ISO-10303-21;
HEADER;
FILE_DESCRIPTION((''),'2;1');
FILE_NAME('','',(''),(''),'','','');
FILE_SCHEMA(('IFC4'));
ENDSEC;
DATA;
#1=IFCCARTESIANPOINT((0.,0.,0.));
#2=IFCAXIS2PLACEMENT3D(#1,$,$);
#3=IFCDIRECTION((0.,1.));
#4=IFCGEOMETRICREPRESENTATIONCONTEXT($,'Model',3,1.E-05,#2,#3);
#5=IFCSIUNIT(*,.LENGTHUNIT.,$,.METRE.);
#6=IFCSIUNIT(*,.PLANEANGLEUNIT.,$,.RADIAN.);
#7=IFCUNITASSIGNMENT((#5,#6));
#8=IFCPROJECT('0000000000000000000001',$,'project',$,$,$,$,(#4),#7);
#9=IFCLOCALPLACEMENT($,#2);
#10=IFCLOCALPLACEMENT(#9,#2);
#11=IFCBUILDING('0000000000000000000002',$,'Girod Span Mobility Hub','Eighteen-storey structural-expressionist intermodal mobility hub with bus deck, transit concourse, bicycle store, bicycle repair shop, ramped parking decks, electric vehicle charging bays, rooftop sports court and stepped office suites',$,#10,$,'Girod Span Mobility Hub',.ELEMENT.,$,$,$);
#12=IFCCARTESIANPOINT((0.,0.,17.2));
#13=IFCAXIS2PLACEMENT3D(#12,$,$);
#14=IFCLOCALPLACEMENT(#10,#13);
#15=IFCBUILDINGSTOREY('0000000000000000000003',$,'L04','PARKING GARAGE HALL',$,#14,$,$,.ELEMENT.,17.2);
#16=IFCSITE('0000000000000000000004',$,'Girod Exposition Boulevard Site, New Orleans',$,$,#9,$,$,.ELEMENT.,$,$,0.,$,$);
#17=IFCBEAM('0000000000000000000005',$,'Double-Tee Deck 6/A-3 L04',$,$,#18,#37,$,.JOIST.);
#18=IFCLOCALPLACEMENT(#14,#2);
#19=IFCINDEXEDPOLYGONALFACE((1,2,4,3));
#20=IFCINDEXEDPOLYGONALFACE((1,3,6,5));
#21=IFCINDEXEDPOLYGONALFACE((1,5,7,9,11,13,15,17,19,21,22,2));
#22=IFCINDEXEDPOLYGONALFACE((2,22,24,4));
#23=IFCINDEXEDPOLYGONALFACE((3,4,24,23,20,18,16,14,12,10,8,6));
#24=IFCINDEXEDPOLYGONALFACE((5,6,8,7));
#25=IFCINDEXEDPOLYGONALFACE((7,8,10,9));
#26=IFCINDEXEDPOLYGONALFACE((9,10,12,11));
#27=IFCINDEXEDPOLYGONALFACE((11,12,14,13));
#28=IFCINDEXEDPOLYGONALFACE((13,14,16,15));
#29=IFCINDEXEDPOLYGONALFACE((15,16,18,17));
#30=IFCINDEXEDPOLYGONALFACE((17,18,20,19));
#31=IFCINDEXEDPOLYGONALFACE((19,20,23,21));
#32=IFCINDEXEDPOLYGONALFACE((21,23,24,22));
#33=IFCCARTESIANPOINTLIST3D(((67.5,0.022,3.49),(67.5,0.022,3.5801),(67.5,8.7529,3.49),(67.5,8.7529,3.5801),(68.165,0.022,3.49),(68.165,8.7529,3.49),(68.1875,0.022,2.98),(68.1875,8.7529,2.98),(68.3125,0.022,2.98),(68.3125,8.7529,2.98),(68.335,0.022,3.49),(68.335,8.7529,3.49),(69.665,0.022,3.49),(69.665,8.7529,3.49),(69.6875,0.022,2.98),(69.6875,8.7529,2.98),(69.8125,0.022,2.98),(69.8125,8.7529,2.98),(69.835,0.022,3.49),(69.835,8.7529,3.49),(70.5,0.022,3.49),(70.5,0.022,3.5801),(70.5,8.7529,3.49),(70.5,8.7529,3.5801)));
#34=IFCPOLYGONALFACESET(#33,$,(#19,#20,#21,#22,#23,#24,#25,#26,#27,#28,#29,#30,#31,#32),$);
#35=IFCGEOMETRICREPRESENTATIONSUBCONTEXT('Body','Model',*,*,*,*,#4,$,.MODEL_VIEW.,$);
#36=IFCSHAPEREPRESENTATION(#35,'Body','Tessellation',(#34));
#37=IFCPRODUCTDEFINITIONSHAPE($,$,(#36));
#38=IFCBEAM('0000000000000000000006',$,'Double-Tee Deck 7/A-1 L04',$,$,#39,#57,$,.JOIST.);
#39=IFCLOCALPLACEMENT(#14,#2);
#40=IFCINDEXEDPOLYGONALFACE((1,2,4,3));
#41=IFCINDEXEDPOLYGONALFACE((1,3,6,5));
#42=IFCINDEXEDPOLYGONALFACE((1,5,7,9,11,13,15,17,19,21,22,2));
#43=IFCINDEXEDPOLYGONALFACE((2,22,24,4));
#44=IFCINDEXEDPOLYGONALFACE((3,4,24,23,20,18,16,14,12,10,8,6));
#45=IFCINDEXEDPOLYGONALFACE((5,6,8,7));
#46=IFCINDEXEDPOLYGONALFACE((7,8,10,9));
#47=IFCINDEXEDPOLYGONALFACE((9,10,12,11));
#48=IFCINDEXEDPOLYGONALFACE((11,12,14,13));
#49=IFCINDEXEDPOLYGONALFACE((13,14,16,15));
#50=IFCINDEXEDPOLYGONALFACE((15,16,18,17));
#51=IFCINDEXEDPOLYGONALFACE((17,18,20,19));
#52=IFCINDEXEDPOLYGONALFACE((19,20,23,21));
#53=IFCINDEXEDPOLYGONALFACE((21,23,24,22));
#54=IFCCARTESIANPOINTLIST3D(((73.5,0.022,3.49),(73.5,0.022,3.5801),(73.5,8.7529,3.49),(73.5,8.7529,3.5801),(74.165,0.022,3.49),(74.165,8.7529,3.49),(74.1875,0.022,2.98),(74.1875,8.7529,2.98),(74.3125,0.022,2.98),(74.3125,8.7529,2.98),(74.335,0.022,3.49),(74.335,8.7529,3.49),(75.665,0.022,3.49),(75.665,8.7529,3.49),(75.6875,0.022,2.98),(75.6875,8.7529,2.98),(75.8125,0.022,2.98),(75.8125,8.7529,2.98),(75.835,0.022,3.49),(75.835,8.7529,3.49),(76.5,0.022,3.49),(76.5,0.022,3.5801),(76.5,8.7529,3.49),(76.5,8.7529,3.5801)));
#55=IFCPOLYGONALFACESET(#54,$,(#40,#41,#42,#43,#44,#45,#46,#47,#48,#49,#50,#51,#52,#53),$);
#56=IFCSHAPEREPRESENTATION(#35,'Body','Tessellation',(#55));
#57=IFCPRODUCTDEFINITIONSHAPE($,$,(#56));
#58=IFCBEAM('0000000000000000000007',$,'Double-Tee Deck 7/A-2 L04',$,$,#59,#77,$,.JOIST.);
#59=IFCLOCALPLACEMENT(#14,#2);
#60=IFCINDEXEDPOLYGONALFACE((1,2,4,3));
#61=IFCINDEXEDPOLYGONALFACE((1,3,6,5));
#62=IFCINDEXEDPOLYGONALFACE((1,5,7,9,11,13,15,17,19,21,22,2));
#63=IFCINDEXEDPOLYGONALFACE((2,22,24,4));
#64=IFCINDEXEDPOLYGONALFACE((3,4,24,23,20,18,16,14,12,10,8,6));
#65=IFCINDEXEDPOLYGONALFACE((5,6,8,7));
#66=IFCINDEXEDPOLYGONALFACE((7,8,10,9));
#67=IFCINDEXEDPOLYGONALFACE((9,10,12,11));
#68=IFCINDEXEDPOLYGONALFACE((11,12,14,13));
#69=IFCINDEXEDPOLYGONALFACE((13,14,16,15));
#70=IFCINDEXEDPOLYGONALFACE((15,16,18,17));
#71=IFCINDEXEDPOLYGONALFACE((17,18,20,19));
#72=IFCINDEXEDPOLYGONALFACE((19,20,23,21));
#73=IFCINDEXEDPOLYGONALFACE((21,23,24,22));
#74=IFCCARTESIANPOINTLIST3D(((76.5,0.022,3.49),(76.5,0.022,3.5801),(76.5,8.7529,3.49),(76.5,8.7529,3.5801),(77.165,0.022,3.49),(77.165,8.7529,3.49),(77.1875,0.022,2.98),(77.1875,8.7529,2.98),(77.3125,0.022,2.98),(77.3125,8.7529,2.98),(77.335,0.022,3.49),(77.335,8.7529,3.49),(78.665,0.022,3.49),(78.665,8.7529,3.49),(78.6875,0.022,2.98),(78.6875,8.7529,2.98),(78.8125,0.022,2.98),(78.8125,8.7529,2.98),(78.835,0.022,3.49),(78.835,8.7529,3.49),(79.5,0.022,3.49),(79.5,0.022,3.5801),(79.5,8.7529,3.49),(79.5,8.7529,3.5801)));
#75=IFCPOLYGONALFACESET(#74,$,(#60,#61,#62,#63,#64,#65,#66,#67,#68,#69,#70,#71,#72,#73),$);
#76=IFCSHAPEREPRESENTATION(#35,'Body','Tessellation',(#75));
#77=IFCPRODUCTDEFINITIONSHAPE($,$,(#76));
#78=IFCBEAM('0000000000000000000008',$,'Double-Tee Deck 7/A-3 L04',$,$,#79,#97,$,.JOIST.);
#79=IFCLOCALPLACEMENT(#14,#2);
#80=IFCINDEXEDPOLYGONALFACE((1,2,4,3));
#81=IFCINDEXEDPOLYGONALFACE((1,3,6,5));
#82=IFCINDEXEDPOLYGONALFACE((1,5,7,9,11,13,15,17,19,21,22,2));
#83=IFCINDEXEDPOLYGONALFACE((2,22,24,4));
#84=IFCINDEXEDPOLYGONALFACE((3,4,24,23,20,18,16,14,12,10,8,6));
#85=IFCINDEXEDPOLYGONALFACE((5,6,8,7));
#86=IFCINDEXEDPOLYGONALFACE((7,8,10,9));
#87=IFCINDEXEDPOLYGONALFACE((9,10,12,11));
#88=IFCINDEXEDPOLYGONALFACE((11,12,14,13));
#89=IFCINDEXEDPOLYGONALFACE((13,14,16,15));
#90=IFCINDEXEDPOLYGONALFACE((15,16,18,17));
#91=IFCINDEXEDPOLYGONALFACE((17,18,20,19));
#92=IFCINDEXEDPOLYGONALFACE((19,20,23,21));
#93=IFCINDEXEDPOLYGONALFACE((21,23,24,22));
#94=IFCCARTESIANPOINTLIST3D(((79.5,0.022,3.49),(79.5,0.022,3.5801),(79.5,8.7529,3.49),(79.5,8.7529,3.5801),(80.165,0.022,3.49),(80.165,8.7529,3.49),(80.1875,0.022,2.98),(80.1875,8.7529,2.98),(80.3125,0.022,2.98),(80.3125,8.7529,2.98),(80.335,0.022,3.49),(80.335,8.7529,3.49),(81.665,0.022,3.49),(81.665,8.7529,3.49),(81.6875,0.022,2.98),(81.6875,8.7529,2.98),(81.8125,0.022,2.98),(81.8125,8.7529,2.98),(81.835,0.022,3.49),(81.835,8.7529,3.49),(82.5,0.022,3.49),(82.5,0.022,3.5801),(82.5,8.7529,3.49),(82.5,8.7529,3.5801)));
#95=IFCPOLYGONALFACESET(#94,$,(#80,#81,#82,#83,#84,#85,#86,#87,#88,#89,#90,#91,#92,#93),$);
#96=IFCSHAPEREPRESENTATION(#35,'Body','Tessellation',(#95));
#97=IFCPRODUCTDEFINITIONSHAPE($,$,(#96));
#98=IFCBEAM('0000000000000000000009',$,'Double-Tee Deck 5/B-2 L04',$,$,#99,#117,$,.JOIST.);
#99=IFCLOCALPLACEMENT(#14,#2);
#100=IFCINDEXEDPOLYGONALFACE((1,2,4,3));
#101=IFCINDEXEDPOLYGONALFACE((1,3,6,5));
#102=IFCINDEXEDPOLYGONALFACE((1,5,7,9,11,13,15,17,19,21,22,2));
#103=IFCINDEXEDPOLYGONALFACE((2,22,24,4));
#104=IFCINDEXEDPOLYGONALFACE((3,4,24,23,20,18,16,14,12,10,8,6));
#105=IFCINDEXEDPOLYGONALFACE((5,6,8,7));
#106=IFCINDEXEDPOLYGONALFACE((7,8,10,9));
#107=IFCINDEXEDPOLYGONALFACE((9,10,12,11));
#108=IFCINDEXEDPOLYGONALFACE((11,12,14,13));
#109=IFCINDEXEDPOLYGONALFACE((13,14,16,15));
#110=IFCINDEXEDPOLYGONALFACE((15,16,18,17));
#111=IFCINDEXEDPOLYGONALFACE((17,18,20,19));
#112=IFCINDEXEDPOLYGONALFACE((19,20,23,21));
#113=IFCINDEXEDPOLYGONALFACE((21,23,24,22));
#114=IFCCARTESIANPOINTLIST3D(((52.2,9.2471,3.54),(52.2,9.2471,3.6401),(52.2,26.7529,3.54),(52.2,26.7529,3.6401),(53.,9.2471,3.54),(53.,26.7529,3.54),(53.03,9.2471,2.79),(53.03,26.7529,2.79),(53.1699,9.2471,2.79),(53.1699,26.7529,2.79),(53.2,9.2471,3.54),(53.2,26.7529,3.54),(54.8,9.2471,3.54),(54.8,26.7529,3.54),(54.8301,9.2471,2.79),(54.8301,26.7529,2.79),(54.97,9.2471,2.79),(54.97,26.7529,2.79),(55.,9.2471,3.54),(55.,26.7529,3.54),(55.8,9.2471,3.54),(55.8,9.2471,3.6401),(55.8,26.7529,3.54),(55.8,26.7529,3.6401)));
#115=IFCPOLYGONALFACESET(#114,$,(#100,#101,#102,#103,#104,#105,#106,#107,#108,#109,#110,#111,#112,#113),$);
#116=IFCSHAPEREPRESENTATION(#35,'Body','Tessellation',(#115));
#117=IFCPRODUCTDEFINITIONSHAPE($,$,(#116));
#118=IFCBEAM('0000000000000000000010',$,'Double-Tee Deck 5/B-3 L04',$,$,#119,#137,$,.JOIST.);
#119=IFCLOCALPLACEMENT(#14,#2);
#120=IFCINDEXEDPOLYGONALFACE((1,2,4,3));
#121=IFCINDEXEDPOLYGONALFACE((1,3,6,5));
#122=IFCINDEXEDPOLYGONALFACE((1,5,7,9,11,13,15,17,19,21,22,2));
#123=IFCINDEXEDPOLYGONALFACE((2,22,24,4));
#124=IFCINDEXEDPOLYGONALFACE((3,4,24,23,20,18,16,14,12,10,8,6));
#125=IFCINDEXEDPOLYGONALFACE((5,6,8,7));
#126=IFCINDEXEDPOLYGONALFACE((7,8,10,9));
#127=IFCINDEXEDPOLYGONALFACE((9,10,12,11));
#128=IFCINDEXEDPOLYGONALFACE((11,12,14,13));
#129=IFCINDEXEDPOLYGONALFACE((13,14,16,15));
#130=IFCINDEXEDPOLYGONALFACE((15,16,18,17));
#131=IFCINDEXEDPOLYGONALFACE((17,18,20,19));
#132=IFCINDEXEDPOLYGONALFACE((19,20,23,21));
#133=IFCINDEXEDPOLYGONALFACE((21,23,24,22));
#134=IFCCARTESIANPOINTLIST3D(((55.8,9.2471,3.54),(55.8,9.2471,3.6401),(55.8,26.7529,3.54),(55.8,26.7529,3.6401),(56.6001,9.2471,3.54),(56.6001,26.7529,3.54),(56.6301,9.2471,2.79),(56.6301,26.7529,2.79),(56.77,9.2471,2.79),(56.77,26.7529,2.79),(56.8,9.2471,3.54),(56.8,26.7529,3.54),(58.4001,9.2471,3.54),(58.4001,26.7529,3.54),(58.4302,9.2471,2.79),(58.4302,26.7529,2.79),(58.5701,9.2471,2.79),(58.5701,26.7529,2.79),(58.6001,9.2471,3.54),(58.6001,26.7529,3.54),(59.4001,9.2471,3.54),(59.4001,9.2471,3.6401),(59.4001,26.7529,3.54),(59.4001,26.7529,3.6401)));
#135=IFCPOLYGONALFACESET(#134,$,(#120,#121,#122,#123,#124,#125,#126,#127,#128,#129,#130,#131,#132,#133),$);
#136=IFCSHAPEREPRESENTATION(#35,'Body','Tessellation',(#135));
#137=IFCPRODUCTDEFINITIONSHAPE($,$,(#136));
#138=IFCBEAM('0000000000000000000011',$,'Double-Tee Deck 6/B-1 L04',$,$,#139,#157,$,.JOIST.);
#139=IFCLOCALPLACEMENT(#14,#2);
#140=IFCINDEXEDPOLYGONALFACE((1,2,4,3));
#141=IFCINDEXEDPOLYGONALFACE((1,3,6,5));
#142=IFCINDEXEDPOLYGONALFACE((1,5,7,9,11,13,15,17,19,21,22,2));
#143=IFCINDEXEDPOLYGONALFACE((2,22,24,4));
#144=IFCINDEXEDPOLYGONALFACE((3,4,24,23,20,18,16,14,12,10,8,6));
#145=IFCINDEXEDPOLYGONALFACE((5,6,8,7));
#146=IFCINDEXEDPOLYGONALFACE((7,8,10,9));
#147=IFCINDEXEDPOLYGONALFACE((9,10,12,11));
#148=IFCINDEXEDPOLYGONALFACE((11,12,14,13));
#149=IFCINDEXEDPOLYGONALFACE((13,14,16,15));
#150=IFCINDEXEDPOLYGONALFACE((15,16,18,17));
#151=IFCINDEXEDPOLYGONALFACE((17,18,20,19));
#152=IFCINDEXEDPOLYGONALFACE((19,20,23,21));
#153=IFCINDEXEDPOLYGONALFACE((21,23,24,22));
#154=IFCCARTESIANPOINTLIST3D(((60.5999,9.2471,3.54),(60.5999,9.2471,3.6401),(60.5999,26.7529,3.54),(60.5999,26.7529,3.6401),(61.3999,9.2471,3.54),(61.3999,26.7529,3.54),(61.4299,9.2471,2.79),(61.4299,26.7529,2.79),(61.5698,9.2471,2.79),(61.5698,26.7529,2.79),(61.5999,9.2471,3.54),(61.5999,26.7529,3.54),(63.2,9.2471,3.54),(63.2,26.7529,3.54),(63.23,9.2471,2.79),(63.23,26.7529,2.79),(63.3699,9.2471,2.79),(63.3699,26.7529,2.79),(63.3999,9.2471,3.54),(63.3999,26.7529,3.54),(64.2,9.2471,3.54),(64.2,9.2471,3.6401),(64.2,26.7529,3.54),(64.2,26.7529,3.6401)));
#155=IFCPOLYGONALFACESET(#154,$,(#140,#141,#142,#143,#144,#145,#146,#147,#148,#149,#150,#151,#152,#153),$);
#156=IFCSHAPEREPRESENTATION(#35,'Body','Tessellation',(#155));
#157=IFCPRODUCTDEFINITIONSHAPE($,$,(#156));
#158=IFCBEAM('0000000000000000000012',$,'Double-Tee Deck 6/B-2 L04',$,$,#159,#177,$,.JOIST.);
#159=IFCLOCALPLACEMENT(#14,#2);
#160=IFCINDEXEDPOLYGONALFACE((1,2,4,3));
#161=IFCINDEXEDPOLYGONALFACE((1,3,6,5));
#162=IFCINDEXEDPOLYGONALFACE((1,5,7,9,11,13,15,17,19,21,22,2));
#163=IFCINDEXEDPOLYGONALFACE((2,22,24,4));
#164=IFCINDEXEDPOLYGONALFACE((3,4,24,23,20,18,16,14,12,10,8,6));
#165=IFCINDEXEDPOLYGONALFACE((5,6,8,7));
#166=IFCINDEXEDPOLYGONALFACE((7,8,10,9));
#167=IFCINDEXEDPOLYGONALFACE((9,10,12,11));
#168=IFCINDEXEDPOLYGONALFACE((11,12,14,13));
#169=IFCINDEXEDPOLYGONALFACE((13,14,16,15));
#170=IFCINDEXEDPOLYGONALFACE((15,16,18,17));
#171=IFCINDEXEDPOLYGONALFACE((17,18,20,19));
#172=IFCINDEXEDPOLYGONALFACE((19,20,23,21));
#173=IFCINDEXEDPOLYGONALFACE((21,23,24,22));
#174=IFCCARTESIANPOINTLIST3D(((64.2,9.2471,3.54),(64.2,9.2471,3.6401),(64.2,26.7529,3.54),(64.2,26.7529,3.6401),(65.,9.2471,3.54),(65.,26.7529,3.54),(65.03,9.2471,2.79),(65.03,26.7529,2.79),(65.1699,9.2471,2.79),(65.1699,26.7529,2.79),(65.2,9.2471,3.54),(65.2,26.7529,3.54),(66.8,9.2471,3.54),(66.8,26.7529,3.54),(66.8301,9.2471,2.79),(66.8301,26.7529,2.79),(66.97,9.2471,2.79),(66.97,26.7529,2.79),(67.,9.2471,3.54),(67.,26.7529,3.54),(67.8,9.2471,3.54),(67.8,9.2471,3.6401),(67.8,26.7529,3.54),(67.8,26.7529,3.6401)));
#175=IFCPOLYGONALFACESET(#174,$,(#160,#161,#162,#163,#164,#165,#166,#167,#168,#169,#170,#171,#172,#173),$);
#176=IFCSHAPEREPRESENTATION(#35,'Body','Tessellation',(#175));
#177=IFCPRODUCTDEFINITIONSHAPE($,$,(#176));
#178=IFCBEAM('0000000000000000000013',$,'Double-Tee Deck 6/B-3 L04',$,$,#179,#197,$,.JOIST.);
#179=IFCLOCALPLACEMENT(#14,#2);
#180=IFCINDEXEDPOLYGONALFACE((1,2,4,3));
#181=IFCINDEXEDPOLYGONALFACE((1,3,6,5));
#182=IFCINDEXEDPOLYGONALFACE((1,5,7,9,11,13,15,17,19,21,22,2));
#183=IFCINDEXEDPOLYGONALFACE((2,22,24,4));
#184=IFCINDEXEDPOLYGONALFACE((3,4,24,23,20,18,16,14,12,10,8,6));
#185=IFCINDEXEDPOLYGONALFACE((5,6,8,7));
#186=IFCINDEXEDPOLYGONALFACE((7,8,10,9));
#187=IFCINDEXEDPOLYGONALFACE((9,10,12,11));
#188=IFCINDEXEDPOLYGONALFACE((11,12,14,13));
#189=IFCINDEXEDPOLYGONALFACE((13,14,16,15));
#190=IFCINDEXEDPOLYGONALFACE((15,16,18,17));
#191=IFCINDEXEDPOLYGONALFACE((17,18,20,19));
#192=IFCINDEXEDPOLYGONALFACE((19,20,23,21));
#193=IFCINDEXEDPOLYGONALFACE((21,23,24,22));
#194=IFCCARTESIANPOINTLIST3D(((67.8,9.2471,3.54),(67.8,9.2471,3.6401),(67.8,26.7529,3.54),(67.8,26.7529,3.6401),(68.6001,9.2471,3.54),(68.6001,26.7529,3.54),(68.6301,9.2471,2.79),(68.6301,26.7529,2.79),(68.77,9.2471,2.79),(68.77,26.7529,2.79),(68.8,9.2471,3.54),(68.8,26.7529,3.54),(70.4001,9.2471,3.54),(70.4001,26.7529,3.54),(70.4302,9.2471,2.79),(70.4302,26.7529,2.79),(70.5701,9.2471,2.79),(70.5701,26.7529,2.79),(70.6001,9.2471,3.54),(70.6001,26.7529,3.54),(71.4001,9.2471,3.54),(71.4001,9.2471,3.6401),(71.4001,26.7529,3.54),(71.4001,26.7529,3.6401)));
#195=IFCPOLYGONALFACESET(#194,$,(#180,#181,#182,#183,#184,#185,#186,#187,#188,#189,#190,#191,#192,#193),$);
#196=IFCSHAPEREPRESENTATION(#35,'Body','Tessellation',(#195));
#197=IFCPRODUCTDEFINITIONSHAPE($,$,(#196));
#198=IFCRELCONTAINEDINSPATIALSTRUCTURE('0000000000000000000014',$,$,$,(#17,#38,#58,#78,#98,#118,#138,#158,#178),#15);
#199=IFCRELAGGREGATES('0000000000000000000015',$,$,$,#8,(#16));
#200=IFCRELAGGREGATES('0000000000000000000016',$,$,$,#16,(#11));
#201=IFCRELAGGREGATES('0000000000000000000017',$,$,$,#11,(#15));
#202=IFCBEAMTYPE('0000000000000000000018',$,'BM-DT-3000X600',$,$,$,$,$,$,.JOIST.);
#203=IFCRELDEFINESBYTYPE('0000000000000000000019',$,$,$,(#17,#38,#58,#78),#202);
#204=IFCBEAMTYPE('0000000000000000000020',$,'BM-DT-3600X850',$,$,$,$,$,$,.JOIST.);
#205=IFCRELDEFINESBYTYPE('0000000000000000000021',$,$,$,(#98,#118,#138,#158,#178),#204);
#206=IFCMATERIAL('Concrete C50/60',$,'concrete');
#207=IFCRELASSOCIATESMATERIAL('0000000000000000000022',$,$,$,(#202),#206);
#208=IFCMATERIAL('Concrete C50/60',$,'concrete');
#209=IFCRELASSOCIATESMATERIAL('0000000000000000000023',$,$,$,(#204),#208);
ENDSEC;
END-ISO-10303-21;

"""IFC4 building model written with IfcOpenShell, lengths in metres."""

from ifc_helpers import new_model, si_unit, direction, frame, origin, place, context, subcontext, project, spatial, polyline, outline, extrude, material, material_profile, profile_set, type_object, element, save


model = new_model("IFC4")

# Units and contexts
model_context = context("Model", 3, precision=1e-05, world=origin(), true_north=direction((0.0, 1.0)))
body_context = subcontext(model_context, "Body", "Model", "MODEL_VIEW")
ifc_project = project(units=[si_unit("LENGTHUNIT", "METRE"), si_unit("PLANEANGLEUNIT", "RADIAN")], contexts=[model_context])

# Site, building, storey
site_placement = place(None, origin())
site = spatial("IfcSite", under=ifc_project, at=site_placement, Name="Girod Exposition Boulevard Site, New Orleans", CompositionType="ELEMENT", RefElevation=0.0)
building_placement = place(site_placement, origin())
building = spatial("IfcBuilding", under=site, at=building_placement, Name="Girod Span Mobility Hub", Description="Eighteen-storey structural-expressionist intermodal mobility hub with bus deck, transit concourse, bicycle store, bicycle repair shop, ramped parking decks, electric vehicle charging bays, rooftop sports court and stepped office suites", LongName="Girod Span Mobility Hub", CompositionType="ELEMENT")
storey_placement = place(building_placement, frame((0.0, 0.0, 17.2)))
storey = spatial("IfcBuildingStorey", under=building, at=storey_placement, Name="L04", Description="PARKING GARAGE HALL", CompositionType="ELEMENT", Elevation=17.2)

# Beams
ifc_material_1 = material(Name="Concrete C50/60", Category="concrete")
ifc_material_profile_1 = material_profile(ifc_material_1, outline(polyline([(-1.5, 0.3), (-1.5, 0.21), (-0.835, 0.21), (-0.8125, -0.3), (-0.6875, -0.3), (-0.665, 0.21), (0.665, 0.21), (0.6875, -0.3), (0.8125, -0.3), (0.835, 0.21), (1.5, 0.21), (1.5, 0.3), (-1.5, 0.3)])), Name="DT-3000X600")
ifc_profile_set_1 = profile_set([ifc_material_profile_1], Name="Concrete C50/60")
beam_type_1 = type_object("IfcBeamType", Name="BM-DT-3000X600", PredefinedType="JOIST", material=ifc_profile_set_1)
for number, where, z_axis, x_axis, name in (
    (1, (69.0, 0.022, 3.28), (0.0, 1.0, 0.0), (-1.0, 0.0, 0.0), "Double-Tee Deck 6/A-3 L04"),
    (2, (75.0, 0.022, 3.28), (0.0, 1.0, 0.0), (-1.0, 0.0, 0.0), "Double-Tee Deck 7/A-1 L04"),
    (3, (78.0, 0.022, 3.28), (0.0, 1.0, 0.0), (-1.0, 0.0, 0.0), "Double-Tee Deck 7/A-2 L04"),
    (4, (81.0, 0.022, 3.28), (0.0, 1.0, 0.0), (-1.0, 0.0, 0.0), "Double-Tee Deck 7/A-3 L04"),
):
    element("IfcBeam", number, at=place(storey_placement, frame(where, z_axis=z_axis, x_axis=x_axis)), inside=storey, type_object=beam_type_1, Name=name, PredefinedType="JOIST", context=body_context, shape_type="SweptSolid", body=[
        extrude(outline(polyline([(-1.5, 0.3), (-1.5, 0.21), (-0.835, 0.21), (-0.8125, -0.3), (-0.6875, -0.3), (-0.665, 0.21), (0.665, 0.21), (0.6875, -0.3), (0.8125, -0.3), (0.835, 0.21), (1.5, 0.21), (1.5, 0.3), (-1.5, 0.3)])), origin(), (0.0, 0.0, 1.0), 8.731),
    ])
ifc_material_2 = material(Name="Concrete C50/60", Category="concrete")
ifc_material_profile_2 = material_profile(ifc_material_2, outline(polyline([(-1.8, 0.425), (-1.8, 0.325), (-1.0, 0.325), (-0.97, -0.425), (-0.8301, -0.425), (-0.8, 0.325), (0.8, 0.325), (0.8301, -0.425), (0.97, -0.425), (1.0, 0.325), (1.8, 0.325), (1.8, 0.425), (-1.8, 0.425)])), Name="DT-3600X850")
ifc_profile_set_2 = profile_set([ifc_material_profile_2], Name="Concrete C50/60")
beam_type_2 = type_object("IfcBeamType", Name="BM-DT-3600X850", PredefinedType="JOIST", material=ifc_profile_set_2)
for number, where, z_axis, x_axis, name in (
    (5, (54.0, 9.2471, 3.2151), (0.0, 1.0, 0.0), (-1.0, 0.0, 0.0), "Double-Tee Deck 5/B-2 L04"),
    (6, (57.6001, 9.2471, 3.2151), (0.0, 1.0, 0.0), (-1.0, 0.0, 0.0), "Double-Tee Deck 5/B-3 L04"),
    (7, (62.3999, 9.2471, 3.2151), (0.0, 1.0, 0.0), (-1.0, 0.0, 0.0), "Double-Tee Deck 6/B-1 L04"),
    (8, (66.0, 9.2471, 3.2151), (0.0, 1.0, 0.0), (-1.0, 0.0, 0.0), "Double-Tee Deck 6/B-2 L04"),
    (9, (69.6001, 9.2471, 3.2151), (0.0, 1.0, 0.0), (-1.0, 0.0, 0.0), "Double-Tee Deck 6/B-3 L04"),
):
    element("IfcBeam", number, at=place(storey_placement, frame(where, z_axis=z_axis, x_axis=x_axis)), inside=storey, type_object=beam_type_2, Name=name, PredefinedType="JOIST", context=body_context, shape_type="SweptSolid", body=[
        extrude(outline(polyline([(-1.8, 0.425), (-1.8, 0.325), (-1.0, 0.325), (-0.97, -0.425), (-0.8301, -0.425), (-0.8, 0.325), (0.8, 0.325), (0.8301, -0.425), (0.97, -0.425), (1.0, 0.325), (1.8, 0.325), (1.8, 0.425), (-1.8, 0.425)])), origin(), (0.0, 0.0, 1.0), 17.5059),
    ])

save(model, "model.ifc")
